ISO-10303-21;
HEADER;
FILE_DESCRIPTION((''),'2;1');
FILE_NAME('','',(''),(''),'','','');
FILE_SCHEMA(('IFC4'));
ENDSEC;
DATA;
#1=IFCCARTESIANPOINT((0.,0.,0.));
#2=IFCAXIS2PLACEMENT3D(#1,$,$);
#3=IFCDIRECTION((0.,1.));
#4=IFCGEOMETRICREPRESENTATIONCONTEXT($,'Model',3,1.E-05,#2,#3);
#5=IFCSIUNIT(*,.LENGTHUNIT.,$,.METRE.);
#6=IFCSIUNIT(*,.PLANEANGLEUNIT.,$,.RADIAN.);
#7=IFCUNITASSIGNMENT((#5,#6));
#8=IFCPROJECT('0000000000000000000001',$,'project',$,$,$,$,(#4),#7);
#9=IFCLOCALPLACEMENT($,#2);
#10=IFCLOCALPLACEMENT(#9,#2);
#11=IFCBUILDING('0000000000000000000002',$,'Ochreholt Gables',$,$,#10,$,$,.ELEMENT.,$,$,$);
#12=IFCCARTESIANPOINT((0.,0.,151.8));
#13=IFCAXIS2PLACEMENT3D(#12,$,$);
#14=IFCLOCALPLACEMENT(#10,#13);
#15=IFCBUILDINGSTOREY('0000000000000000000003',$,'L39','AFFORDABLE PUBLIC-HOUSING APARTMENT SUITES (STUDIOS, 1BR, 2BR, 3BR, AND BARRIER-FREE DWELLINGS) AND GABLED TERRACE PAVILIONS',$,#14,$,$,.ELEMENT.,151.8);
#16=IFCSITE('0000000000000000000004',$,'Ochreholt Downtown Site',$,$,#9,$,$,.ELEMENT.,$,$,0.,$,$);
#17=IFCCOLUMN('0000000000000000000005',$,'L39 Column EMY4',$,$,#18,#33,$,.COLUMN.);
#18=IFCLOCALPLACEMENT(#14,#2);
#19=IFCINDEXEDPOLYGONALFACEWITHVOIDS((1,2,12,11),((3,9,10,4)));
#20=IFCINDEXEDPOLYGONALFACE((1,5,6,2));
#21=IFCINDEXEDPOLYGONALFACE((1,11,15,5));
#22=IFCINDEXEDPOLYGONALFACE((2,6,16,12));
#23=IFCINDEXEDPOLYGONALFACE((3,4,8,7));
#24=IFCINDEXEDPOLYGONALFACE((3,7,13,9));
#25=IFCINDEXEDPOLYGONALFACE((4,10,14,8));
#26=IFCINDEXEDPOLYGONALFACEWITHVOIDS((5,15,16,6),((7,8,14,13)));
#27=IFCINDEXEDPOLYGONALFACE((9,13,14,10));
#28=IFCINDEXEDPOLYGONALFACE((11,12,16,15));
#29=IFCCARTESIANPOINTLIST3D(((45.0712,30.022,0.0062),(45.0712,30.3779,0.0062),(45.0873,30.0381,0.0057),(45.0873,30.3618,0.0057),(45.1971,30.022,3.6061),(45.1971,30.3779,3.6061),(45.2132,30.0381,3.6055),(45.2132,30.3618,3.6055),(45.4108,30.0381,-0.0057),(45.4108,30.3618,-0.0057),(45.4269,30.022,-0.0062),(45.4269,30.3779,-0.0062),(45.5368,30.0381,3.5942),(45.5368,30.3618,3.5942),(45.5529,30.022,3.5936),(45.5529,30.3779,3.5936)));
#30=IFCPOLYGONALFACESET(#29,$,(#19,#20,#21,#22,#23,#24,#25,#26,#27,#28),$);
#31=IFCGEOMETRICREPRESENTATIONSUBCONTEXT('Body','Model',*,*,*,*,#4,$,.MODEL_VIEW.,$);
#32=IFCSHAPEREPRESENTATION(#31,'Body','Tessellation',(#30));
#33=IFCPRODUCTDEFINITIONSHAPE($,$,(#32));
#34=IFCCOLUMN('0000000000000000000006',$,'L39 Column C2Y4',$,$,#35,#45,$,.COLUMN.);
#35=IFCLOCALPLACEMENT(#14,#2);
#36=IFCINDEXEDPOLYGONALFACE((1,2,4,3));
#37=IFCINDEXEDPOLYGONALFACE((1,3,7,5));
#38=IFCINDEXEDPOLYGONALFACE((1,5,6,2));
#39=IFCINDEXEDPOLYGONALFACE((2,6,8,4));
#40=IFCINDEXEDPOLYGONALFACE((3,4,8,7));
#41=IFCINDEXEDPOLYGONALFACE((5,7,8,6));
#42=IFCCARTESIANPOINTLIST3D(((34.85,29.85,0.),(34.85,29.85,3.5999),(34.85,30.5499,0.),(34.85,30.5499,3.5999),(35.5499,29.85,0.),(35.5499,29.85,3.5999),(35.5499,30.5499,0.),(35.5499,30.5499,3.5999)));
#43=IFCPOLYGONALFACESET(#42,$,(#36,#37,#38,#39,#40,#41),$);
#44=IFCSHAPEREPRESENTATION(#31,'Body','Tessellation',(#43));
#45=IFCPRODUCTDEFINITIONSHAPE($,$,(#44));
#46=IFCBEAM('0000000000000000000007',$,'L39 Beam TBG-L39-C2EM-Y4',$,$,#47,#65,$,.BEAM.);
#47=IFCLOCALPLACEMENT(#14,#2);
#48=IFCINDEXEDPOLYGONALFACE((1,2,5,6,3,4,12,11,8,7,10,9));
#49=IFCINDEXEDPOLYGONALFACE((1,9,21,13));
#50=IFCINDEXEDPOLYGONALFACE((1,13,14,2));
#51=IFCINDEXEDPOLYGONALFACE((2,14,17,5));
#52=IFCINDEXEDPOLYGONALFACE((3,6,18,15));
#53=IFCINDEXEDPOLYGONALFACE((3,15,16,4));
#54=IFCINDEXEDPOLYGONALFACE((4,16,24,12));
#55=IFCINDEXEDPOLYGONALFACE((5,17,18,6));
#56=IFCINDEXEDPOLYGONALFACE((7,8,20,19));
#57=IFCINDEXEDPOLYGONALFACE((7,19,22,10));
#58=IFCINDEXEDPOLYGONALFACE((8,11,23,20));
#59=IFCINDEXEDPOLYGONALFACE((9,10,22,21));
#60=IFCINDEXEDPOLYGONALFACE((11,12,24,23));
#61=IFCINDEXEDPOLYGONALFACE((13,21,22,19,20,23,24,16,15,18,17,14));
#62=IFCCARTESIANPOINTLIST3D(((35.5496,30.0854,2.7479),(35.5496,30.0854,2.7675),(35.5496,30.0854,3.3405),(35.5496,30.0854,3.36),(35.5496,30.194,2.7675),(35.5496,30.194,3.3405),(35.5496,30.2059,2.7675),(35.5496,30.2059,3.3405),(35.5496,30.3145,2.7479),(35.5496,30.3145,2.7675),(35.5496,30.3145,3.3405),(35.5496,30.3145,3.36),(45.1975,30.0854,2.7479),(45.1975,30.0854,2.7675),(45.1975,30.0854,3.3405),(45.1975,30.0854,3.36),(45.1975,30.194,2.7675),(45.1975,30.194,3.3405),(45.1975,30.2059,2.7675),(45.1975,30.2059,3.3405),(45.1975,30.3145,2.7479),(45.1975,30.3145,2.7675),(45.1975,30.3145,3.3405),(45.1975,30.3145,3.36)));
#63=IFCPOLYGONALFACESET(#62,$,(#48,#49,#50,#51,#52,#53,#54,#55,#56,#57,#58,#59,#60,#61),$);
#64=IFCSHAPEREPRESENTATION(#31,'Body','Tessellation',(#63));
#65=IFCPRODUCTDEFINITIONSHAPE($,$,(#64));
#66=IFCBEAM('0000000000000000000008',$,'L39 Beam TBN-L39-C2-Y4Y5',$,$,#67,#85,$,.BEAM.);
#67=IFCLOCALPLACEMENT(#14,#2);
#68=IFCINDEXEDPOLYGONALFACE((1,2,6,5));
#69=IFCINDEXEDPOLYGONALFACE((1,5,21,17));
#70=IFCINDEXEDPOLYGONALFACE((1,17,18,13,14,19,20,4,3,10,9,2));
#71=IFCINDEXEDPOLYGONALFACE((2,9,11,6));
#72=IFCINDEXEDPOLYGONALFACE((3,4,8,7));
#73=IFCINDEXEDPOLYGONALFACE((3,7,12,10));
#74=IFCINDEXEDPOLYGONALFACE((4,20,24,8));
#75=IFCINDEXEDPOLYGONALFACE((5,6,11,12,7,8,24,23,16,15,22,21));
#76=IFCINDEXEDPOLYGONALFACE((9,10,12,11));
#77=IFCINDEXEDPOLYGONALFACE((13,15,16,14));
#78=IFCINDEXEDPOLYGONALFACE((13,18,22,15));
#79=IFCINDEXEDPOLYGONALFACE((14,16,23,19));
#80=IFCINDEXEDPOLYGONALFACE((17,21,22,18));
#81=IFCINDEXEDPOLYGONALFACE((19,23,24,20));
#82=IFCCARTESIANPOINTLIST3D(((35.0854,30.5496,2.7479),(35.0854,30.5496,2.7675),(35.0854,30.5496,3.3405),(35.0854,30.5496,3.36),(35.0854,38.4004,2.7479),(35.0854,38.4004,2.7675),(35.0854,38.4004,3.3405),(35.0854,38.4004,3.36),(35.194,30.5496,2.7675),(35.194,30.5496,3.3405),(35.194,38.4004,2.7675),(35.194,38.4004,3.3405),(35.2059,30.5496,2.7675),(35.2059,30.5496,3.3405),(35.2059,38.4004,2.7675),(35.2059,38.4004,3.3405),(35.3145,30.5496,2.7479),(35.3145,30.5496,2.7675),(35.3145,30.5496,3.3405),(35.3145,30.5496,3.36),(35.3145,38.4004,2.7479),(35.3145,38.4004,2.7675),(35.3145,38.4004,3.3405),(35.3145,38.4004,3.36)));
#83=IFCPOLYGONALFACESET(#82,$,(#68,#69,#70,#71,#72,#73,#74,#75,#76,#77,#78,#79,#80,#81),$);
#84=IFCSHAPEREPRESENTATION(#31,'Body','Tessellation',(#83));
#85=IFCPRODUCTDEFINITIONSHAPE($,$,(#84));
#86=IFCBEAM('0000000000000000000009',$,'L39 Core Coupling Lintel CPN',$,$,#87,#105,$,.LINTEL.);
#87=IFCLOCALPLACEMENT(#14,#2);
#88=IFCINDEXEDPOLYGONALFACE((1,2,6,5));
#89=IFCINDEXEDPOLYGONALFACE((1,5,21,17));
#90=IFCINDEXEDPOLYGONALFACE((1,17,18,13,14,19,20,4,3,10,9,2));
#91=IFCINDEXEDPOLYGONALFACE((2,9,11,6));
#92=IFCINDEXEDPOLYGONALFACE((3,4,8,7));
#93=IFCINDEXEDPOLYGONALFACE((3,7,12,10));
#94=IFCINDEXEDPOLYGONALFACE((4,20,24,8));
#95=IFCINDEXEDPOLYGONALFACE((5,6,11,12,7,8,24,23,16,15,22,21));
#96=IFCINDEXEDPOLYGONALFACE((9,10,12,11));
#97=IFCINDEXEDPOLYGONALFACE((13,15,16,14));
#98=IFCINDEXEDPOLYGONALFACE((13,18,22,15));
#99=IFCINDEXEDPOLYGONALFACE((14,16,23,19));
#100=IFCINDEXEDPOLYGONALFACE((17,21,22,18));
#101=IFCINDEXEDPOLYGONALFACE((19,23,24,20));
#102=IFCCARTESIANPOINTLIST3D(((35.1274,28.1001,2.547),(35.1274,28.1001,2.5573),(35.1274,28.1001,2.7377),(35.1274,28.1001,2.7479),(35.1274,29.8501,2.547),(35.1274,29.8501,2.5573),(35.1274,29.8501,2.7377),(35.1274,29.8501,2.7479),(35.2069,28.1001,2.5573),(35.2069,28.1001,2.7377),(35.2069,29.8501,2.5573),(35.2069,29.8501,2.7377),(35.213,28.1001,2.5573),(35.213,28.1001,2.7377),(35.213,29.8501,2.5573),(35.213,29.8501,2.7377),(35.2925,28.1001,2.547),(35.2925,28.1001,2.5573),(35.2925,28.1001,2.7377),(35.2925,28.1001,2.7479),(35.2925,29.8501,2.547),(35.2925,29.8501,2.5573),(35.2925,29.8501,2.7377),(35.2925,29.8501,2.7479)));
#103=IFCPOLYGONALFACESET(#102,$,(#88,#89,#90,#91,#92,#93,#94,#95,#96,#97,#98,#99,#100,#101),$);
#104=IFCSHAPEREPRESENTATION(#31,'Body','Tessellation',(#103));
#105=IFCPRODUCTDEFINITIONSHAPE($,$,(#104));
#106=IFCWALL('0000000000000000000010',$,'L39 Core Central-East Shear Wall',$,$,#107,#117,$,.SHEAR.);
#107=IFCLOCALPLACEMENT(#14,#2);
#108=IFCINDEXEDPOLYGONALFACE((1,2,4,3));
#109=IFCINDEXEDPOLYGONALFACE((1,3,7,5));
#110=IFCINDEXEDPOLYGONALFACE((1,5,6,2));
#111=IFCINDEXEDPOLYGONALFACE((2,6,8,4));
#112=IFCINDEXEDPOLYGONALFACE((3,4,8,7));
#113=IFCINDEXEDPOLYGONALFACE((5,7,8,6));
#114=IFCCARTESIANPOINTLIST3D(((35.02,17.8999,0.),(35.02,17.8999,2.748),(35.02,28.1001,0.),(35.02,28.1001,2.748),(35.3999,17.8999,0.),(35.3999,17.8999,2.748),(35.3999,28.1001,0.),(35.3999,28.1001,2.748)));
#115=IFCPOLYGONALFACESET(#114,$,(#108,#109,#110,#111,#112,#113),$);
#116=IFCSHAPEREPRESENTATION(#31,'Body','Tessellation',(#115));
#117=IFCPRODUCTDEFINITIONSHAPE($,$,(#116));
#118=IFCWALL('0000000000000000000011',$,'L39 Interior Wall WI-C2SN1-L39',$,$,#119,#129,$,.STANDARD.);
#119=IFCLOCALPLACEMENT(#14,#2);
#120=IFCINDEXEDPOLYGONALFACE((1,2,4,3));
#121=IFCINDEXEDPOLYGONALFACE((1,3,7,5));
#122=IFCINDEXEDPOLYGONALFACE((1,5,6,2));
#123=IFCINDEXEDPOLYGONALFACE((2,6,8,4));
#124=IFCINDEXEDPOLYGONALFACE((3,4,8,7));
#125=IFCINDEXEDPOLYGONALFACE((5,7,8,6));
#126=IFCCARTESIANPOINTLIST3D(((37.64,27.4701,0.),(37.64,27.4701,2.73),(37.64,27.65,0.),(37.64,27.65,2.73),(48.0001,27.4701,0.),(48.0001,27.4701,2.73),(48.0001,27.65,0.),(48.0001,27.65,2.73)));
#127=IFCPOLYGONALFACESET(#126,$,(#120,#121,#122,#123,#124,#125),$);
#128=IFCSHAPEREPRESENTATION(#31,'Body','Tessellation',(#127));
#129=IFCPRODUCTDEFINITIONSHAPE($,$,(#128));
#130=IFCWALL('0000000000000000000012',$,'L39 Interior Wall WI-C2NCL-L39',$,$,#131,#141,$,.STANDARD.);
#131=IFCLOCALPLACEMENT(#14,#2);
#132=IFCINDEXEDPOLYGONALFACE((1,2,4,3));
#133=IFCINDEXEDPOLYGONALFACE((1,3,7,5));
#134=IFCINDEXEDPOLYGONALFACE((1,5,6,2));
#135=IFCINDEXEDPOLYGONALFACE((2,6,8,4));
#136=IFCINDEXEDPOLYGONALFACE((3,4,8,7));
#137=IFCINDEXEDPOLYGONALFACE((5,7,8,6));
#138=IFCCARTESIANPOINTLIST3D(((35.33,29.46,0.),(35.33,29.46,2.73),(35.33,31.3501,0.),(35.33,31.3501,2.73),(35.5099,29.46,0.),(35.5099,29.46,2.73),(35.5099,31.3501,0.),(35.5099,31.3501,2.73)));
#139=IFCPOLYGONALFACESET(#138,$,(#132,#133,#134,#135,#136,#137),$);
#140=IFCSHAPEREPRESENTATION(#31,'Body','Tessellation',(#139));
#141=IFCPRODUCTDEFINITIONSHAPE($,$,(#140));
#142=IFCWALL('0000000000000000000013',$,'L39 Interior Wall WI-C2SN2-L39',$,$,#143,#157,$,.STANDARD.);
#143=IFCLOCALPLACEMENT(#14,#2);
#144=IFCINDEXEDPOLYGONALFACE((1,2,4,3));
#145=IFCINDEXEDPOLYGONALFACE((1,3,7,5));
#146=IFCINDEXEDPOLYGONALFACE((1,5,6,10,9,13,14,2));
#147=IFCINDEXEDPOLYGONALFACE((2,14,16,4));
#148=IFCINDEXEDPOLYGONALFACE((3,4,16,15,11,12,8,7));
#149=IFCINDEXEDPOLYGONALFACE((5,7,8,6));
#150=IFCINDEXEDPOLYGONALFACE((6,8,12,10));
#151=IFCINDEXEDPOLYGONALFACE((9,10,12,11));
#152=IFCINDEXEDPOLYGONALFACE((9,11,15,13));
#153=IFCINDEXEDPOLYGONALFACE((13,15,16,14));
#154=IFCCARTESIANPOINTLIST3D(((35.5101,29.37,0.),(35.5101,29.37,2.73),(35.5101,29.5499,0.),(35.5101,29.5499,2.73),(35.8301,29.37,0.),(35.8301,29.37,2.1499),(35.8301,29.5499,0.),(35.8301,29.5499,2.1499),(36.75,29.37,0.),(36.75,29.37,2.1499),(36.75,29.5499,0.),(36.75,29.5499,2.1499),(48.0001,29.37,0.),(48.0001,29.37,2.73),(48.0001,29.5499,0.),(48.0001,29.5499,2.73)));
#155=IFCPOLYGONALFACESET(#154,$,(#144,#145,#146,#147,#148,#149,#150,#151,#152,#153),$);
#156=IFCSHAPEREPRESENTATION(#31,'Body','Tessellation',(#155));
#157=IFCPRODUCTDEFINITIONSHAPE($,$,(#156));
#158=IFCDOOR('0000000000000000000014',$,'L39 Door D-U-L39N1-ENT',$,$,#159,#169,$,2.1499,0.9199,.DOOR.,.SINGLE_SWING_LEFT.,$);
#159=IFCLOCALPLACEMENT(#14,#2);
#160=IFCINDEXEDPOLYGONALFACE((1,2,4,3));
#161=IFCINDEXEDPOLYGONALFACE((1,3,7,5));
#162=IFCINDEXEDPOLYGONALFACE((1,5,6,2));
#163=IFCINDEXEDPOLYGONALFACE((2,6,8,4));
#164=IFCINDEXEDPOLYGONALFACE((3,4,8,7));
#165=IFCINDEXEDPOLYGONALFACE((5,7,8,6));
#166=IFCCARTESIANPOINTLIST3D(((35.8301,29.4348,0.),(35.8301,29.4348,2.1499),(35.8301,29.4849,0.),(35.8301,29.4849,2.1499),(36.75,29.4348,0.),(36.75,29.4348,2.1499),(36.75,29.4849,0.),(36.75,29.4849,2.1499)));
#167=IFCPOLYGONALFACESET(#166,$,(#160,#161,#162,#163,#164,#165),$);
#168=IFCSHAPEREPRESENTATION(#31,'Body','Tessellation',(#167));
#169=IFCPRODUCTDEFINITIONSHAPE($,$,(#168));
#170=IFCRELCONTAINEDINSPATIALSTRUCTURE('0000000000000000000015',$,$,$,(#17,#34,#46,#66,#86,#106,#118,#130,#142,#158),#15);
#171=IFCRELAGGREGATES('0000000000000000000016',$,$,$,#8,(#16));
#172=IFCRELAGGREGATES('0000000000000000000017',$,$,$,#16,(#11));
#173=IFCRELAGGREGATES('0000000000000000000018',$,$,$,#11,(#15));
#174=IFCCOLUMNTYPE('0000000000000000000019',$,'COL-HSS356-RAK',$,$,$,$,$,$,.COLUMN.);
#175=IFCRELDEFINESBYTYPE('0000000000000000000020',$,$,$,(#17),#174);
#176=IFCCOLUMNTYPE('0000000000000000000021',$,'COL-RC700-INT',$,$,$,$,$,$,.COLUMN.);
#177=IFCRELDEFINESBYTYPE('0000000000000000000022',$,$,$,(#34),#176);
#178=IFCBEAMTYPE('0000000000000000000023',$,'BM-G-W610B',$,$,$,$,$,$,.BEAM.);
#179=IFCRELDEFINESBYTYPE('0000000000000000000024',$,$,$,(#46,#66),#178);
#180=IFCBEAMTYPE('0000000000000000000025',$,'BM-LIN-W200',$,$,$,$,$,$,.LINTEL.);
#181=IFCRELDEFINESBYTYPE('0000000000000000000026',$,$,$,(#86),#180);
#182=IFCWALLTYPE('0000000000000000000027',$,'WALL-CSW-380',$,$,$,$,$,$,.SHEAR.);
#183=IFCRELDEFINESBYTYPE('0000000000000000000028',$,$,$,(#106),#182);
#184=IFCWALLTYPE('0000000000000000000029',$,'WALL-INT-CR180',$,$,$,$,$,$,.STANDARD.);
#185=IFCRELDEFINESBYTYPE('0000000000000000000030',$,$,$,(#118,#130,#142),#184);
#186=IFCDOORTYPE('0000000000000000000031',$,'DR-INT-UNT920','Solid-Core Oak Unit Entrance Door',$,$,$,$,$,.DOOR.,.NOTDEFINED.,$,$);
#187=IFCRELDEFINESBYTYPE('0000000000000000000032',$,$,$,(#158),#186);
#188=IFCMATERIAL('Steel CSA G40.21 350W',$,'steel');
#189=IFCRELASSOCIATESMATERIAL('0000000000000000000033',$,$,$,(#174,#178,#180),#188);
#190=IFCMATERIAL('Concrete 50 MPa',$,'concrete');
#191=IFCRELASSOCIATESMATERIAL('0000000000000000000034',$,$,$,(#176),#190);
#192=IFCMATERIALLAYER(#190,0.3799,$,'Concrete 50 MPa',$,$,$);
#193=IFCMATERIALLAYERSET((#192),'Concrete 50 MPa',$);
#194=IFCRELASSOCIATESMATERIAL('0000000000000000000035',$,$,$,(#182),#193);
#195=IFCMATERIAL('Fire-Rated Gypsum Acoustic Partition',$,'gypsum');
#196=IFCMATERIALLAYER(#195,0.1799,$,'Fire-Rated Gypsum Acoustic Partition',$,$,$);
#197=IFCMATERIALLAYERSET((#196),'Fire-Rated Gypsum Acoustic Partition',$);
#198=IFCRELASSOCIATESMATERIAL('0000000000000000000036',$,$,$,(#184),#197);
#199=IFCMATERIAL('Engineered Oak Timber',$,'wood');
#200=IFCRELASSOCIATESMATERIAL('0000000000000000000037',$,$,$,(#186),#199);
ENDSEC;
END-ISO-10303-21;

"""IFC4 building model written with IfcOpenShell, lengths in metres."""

from ifc_helpers import new_model, si_unit, direction, frame, frame_2d, origin, origin_2d, place, context, subcontext, project, spatial, rectangle, hollow_rectangle, i_section, extrude, material, layer, layer_set, material_profile, profile_set, type_object, element, fill, save


model = new_model("IFC4")

# Units and contexts
model_context = context("Model", 3, precision=1e-05, world=origin(), true_north=direction((0.0, 1.0)))
body_context = subcontext(model_context, "Body", "Model", "MODEL_VIEW")
ifc_project = project(units=[si_unit("LENGTHUNIT", "METRE"), si_unit("PLANEANGLEUNIT", "RADIAN")], contexts=[model_context])

# Site, building, storey
site_placement = place(None, origin())
site = spatial("IfcSite", under=ifc_project, at=site_placement, Name="Ochreholt Downtown Site", CompositionType="ELEMENT", RefElevation=0.0)
building_placement = place(site_placement, origin())
building = spatial("IfcBuilding", under=site, at=building_placement, Name="Ochreholt Gables", CompositionType="ELEMENT")
storey_placement = place(building_placement, frame((0.0, 0.0, 151.8)))
storey = spatial("IfcBuildingStorey", under=building, at=storey_placement, Name="L39", Description="AFFORDABLE PUBLIC-HOUSING APARTMENT SUITES (STUDIOS, 1BR, 2BR, 3BR, AND BARRIER-FREE DWELLINGS) AND GABLED TERRACE PAVILIONS", CompositionType="ELEMENT", Elevation=151.8)

# Columns
ifc_material_1 = material(Name="Steel CSA G40.21 350W", Category="steel")
ifc_material_profile_1 = material_profile(ifc_material_1, hollow_rectangle(XDim=0.356, YDim=0.356, WallThickness=0.0161, at=origin_2d()), Name="HSS356X356X16")
ifc_profile_set_1 = profile_set([ifc_material_profile_1], Name="Steel CSA G40.21 350W")
column_type_1 = type_object("IfcColumnType", Name="COL-HSS356-RAK", PredefinedType="COLUMN", material=ifc_profile_set_1)
column_1_placement = place(storey_placement, frame((45.249, 30.2, 0.0), z_axis=(0.034974, 0.0, 0.999388), x_axis=(0.0, 1.0, 0.0)))
element("IfcColumn", 1, at=column_1_placement, inside=storey, type_object=column_type_1, Name="L39 Column EMY4", PredefinedType="COLUMN", context=body_context, shape_type="SweptSolid", body=[
    extrude(hollow_rectangle(XDim=0.356, YDim=0.356, WallThickness=0.0161, at=origin_2d()), origin(), (0.0, 0.0, 1.0), 3.6021),
])
ifc_material_2 = material(Name="Concrete 50 MPa", Category="concrete")
ifc_material_profile_2 = material_profile(ifc_material_2, rectangle(XDim=0.7, YDim=0.7, at=origin_2d()), Name="RC700X700")
ifc_profile_set_2 = profile_set([ifc_material_profile_2], Name="Concrete 50 MPa")
column_type_2 = type_object("IfcColumnType", Name="COL-RC700-INT", PredefinedType="COLUMN", material=ifc_profile_set_2)
column_2_placement = place(storey_placement, frame((35.2, 30.2, 0.0), z_axis=(0.0, 0.0, 1.0), x_axis=(1.0, 0.0, 0.0)))
element("IfcColumn", 2, at=column_2_placement, inside=storey, type_object=column_type_2, Name="L39 Column C2Y4", PredefinedType="COLUMN", context=body_context, shape_type="SweptSolid", body=[
    extrude(rectangle(XDim=0.7, YDim=0.7, at=origin_2d()), origin(), (0.0, 0.0, 1.0), 3.5999),
])

# Beams
ifc_material_profile_3 = material_profile(ifc_material_1, i_section(OverallWidth=0.229, OverallDepth=0.6121, WebThickness=0.012, FlangeThickness=0.0195, at=origin_2d()), Name="W610X125")
ifc_profile_set_3 = profile_set([ifc_material_profile_3], Name="Steel CSA G40.21 350W")
beam_type_1 = type_object("IfcBeamType", Name="BM-G-W610B", PredefinedType="BEAM", material=ifc_profile_set_3)
beam_1_placement = place(storey_placement, frame((35.5496, 30.2, 3.054), z_axis=(1.0, 0.0, 0.0), x_axis=(0.0, 1.0, 0.0)))
element("IfcBeam", 3, at=beam_1_placement, inside=storey, type_object=beam_type_1, Name="L39 Beam TBG-L39-C2EM-Y4", PredefinedType="BEAM", context=body_context, shape_type="SweptSolid", body=[
    extrude(i_section(OverallWidth=0.229, OverallDepth=0.6121, WebThickness=0.012, FlangeThickness=0.0195, at=origin_2d()), origin(), (0.0, 0.0, 1.0), 9.6479),
])
beam_2_placement = place(storey_placement, frame((35.2, 30.5496, 3.054), z_axis=(0.0, 1.0, 0.0), x_axis=(-1.0, 0.0, 0.0)))
element("IfcBeam", 4, at=beam_2_placement, inside=storey, type_object=beam_type_1, Name="L39 Beam TBN-L39-C2-Y4Y5", PredefinedType="BEAM", context=body_context, shape_type="SweptSolid", body=[
    extrude(i_section(OverallWidth=0.229, OverallDepth=0.6121, WebThickness=0.012, FlangeThickness=0.0195, at=origin_2d()), origin(), (0.0, 0.0, 1.0), 7.8508),
])
ifc_material_profile_4 = material_profile(ifc_material_1, i_section(OverallWidth=0.165, OverallDepth=0.2009, WebThickness=0.0061, FlangeThickness=0.0103, at=origin_2d()), Name="W200X36")
ifc_profile_set_4 = profile_set([ifc_material_profile_4], Name="Steel CSA G40.21 350W")
beam_type_2 = type_object("IfcBeamType", Name="BM-LIN-W200", PredefinedType="LINTEL", material=ifc_profile_set_4)
beam_3_placement = place(storey_placement, frame((35.21, 28.1001, 2.6475), z_axis=(0.0, 1.0, 0.0), x_axis=(-1.0, 0.0, 0.0)))
element("IfcBeam", 5, at=beam_3_placement, inside=storey, type_object=beam_type_2, Name="L39 Core Coupling Lintel CPN", PredefinedType="LINTEL", context=body_context, shape_type="SweptSolid", body=[
    extrude(i_section(OverallWidth=0.165, OverallDepth=0.2009, WebThickness=0.0061, FlangeThickness=0.0103, at=origin_2d()), origin(), (0.0, 0.0, 1.0), 1.75),
])

# Walls
ifc_layer_1 = layer(ifc_material_2, 0.3799, Name="Concrete 50 MPa")
ifc_layer_set_1 = layer_set([ifc_layer_1], Name="Concrete 50 MPa")
wall_type_1 = type_object("IfcWallType", Name="WALL-CSW-380", PredefinedType="SHEAR", material=ifc_layer_set_1)
wall_1_placement = place(storey_placement, frame((35.21, 17.8999, 0.0), z_axis=(0.0, 0.0, 1.0), x_axis=(0.0, 1.0, 0.0)))
element("IfcWall", 6, at=wall_1_placement, inside=storey, type_object=wall_type_1, Name="L39 Core Central-East Shear Wall", PredefinedType="SHEAR", context=body_context, shape_type="SweptSolid", body=[
    extrude(rectangle(XDim=10.2002, YDim=0.3799, at=frame_2d((5.1001, 0.0))), origin(), (0.0, 0.0, 1.0), 2.748),
])
ifc_material_3 = material(Name="Fire-Rated Gypsum Acoustic Partition", Category="gypsum")
ifc_layer_2 = layer(ifc_material_3, 0.1799, Name="Fire-Rated Gypsum Acoustic Partition")
ifc_layer_set_2 = layer_set([ifc_layer_2], Name="Fire-Rated Gypsum Acoustic Partition")
wall_type_2 = type_object("IfcWallType", Name="WALL-INT-CR180", PredefinedType="STANDARD", material=ifc_layer_set_2)
wall_2_placement = place(storey_placement, frame((37.6399, 27.5601, 0.0), z_axis=(0.0, 0.0, 1.0), x_axis=(1.0, 0.0, 0.0)))
element("IfcWall", 7, at=wall_2_placement, inside=storey, type_object=wall_type_2, Name="L39 Interior Wall WI-C2SN1-L39", PredefinedType="STANDARD", context=body_context, shape_type="SweptSolid", body=[
    extrude(rectangle(XDim=10.3601, YDim=0.1799, at=frame_2d((5.1802, 0.0))), origin(), (0.0, 0.0, 1.0), 2.73),
])
wall_3_placement = place(storey_placement, frame((35.4199, 29.46, 0.0), z_axis=(0.0, 0.0, 1.0), x_axis=(0.0, 1.0, 0.0)))
element("IfcWall", 8, at=wall_3_placement, inside=storey, type_object=wall_type_2, Name="L39 Interior Wall WI-C2NCL-L39", PredefinedType="STANDARD", context=body_context, shape_type="SweptSolid", body=[
    extrude(rectangle(XDim=1.8901, YDim=0.1799, at=frame_2d((0.9451, 0.0))), origin(), (0.0, 0.0, 1.0), 2.73),
])

# Wall, opening, door
wall_4_placement = place(storey_placement, frame((35.51, 29.46, 0.0), z_axis=(0.0, 0.0, 1.0), x_axis=(1.0, 0.0, 0.0)))
wall_4 = element("IfcWall", 9, at=wall_4_placement, inside=storey, type_object=wall_type_2, Name="L39 Interior Wall WI-C2SN2-L39", PredefinedType="STANDARD", context=body_context, shape_type="SweptSolid", body=[
    extrude(rectangle(XDim=12.49, YDim=0.1799, at=frame_2d((6.2451, 0.0))), origin(), (0.0, 0.0, 1.0), 2.73),
])
opening_1_placement = place(wall_4_placement, frame((0.3201, 0.0, 0.0)))
opening_1 = element("IfcOpeningElement", 10, at=opening_1_placement, cuts=wall_4, PredefinedType="OPENING", context=body_context, shape_type="SweptSolid", body=[
    extrude(rectangle(XDim=0.9199, YDim=2.1499, at=frame_2d((0.46, 1.075))), frame((0.0, 0.0999, 0.0), z_axis=(0.0, -1.0, 0.0), x_axis=(1.0, 0.0, 0.0)), (0.0, 0.0, 1.0), 0.2),
])
ifc_material_4 = material(Name="Engineered Oak Timber", Category="wood")
door_type_1 = type_object("IfcDoorType", Name="DR-INT-UNT920", Description="Solid-Core Oak Unit Entrance Door", OperationType="NOTDEFINED", PredefinedType="DOOR", material=ifc_material_4)
door_1_placement = place(opening_1_placement, origin())
door_1 = element("IfcDoor", 11, at=door_1_placement, inside=storey, type_object=door_type_1, Name="L39 Door D-U-L39N1-ENT", OperationType="SINGLE_SWING_LEFT", OverallHeight=2.1499, OverallWidth=0.9199, PredefinedType="DOOR", context=body_context, shape_type="SweptSolid", body=[
    extrude(rectangle(XDim=0.9199, YDim=2.1499, at=frame_2d((0.46, 1.075))), frame((0.0, 0.0249, 0.0), z_axis=(0.0, -1.0, 0.0), x_axis=(1.0, 0.0, 0.0)), (0.0, 0.0, 1.0), 0.05),
])
fill(opening_1, door_1)

save(model, "model.ifc")
